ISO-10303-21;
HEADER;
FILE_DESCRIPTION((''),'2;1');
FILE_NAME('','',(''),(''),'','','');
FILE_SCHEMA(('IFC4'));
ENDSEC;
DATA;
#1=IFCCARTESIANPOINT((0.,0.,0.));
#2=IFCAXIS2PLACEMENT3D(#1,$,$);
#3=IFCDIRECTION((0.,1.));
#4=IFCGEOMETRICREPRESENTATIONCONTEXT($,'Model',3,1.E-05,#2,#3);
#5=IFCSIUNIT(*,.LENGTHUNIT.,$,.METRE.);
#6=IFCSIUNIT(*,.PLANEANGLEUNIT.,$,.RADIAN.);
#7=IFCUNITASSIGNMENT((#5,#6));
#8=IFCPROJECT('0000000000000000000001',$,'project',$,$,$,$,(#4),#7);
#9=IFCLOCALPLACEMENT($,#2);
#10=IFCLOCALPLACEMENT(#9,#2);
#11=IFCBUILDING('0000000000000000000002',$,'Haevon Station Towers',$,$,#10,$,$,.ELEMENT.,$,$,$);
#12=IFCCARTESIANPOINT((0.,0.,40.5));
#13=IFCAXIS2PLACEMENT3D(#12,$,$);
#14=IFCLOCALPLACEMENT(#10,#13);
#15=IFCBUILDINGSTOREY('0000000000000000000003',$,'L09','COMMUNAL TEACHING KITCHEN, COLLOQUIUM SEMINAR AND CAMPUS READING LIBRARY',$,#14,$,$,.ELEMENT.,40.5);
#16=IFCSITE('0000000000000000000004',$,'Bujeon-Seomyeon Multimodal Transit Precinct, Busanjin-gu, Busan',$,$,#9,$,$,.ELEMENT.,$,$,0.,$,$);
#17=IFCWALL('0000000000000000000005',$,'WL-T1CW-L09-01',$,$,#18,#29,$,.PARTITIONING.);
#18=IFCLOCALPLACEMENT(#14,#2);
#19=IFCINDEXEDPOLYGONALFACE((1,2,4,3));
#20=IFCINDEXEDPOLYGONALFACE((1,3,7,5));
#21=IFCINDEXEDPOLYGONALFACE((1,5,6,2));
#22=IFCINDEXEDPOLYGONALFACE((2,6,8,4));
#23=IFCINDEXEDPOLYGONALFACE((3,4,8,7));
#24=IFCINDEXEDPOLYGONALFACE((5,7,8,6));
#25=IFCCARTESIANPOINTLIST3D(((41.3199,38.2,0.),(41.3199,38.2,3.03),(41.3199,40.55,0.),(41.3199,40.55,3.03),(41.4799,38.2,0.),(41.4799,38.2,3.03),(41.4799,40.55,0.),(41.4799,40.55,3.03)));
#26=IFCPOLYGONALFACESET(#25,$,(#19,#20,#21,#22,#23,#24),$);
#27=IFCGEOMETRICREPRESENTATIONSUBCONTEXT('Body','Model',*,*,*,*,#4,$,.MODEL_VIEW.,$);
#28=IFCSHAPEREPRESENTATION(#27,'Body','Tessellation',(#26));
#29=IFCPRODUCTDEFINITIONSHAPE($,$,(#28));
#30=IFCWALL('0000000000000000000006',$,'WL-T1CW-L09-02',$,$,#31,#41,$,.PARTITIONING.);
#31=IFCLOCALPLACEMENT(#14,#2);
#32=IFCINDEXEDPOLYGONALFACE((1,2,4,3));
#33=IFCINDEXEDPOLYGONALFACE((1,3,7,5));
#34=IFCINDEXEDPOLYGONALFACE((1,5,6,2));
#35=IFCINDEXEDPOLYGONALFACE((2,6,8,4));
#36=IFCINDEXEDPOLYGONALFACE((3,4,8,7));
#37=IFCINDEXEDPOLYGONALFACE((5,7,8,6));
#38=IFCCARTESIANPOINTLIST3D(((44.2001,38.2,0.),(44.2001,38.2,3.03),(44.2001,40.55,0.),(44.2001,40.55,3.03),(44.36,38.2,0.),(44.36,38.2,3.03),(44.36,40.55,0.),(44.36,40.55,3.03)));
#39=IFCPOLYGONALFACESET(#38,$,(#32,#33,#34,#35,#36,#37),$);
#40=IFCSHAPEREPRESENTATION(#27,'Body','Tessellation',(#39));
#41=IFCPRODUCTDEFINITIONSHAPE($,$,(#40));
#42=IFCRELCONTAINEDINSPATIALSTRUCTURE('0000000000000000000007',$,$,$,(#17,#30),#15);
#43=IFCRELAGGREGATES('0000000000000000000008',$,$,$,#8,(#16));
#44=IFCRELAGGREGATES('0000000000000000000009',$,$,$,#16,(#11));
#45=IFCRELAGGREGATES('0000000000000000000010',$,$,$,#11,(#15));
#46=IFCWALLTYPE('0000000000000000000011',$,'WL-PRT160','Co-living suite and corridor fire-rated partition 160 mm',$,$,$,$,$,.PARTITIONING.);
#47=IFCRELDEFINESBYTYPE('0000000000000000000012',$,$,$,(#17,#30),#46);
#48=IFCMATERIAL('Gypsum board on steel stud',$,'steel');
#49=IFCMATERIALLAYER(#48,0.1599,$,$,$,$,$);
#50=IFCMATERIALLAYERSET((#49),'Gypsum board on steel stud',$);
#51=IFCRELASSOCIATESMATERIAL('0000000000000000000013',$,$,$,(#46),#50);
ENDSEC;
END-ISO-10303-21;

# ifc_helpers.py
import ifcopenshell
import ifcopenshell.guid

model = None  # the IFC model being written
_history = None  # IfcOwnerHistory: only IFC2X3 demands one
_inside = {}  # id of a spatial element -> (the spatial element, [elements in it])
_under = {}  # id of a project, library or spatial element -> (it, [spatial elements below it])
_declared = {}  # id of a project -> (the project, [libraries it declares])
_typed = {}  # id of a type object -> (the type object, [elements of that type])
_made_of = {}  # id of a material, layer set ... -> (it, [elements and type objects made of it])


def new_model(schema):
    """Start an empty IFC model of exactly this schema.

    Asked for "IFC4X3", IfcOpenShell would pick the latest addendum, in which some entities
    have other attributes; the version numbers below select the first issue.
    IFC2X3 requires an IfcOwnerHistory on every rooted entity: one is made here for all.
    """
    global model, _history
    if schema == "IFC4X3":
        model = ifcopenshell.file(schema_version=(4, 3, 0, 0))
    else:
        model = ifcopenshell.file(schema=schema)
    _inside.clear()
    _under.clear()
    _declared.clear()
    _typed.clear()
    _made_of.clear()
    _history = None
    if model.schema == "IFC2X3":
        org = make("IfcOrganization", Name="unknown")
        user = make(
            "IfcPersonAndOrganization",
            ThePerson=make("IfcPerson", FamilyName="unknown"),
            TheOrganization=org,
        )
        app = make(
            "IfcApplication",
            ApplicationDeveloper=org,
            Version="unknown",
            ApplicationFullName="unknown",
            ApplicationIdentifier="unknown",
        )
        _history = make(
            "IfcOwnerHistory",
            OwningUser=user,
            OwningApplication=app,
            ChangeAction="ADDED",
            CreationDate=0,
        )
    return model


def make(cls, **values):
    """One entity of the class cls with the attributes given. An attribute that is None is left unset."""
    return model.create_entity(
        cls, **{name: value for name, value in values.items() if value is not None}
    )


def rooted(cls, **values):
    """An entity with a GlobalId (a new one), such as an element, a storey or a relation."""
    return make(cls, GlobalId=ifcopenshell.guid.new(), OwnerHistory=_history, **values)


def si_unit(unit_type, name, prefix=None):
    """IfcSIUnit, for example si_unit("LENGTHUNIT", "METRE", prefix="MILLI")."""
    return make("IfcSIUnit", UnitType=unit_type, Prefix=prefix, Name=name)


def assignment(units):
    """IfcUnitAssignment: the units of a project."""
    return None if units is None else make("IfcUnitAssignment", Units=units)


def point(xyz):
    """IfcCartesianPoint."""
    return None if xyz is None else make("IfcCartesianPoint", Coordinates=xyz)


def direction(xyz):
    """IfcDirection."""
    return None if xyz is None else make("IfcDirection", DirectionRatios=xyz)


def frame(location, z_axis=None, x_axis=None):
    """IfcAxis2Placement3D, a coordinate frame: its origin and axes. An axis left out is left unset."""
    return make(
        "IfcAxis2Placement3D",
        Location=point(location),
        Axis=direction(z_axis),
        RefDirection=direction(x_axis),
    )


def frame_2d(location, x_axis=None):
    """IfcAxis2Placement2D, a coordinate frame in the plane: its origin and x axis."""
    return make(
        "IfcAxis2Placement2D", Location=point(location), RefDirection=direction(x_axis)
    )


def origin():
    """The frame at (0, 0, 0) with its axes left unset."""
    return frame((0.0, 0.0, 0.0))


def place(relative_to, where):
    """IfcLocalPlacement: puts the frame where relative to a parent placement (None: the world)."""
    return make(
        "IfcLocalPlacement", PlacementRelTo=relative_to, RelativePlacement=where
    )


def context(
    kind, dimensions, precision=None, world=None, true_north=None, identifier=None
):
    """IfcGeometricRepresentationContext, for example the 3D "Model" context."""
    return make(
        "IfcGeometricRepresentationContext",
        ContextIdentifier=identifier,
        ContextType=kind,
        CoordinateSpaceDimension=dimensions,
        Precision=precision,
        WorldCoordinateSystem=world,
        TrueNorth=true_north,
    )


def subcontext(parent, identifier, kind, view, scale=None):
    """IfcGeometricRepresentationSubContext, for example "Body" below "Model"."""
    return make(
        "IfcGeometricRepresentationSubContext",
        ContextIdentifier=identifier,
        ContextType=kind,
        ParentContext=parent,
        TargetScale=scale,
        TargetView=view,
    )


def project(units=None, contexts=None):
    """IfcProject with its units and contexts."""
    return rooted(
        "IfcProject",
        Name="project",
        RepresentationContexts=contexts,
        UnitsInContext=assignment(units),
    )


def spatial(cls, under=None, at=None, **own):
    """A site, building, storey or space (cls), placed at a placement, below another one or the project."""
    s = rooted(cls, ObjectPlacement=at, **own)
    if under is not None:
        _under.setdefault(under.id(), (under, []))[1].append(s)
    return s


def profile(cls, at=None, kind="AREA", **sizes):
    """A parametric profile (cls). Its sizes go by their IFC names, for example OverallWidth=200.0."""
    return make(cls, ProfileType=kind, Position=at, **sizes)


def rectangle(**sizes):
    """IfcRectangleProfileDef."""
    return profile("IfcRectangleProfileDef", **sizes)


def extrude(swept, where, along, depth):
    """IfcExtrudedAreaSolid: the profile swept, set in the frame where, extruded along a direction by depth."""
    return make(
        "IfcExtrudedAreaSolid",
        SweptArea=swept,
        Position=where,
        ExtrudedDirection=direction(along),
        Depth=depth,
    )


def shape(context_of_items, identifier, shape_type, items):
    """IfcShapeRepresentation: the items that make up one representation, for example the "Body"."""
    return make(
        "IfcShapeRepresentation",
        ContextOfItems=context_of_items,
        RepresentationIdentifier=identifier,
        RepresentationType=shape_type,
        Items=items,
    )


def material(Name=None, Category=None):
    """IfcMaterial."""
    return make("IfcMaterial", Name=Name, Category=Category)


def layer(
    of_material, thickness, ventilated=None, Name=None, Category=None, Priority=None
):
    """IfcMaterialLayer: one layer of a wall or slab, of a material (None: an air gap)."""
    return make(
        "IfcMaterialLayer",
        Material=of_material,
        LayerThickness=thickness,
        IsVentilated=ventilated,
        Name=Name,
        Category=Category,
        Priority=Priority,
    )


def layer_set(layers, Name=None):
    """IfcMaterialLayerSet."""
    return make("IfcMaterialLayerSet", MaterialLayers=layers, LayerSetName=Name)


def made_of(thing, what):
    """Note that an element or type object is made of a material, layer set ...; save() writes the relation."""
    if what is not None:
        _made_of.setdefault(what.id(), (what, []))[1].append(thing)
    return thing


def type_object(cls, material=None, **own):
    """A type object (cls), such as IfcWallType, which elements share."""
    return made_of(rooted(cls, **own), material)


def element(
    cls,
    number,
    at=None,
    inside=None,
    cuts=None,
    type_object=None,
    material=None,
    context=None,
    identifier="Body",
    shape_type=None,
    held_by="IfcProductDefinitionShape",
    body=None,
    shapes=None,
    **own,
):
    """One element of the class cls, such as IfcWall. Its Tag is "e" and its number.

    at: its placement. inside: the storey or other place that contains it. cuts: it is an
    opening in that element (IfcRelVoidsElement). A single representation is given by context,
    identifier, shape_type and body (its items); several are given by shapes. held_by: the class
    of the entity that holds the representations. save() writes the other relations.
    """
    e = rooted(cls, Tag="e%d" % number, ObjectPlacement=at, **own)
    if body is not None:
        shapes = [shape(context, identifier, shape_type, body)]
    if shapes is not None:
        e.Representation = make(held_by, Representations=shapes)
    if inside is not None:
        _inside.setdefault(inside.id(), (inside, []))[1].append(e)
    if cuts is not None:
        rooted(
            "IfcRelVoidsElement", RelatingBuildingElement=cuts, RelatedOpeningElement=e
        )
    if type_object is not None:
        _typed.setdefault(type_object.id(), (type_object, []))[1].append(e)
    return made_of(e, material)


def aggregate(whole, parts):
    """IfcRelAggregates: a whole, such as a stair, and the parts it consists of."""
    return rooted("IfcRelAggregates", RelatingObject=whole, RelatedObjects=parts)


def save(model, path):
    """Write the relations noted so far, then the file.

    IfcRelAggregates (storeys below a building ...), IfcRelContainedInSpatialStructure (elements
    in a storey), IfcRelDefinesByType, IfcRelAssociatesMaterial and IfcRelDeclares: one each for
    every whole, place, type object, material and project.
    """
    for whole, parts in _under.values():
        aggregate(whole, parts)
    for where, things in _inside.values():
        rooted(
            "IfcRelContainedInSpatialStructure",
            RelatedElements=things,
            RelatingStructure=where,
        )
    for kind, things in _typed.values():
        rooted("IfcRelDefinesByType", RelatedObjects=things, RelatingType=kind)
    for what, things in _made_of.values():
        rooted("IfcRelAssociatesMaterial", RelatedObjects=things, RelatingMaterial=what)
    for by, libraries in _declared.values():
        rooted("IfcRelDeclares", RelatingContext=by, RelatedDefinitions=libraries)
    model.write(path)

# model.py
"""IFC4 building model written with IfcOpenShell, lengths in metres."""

from ifc_helpers import new_model, si_unit, direction, frame, frame_2d, origin, place, context, subcontext, project, spatial, rectangle, extrude, material, layer, layer_set, type_object, element, save


model = new_model("IFC4")

# Units and contexts
model_context = context("Model", 3, precision=1e-05, world=origin(), true_north=direction((0.0, 1.0)))
body_context = subcontext(model_context, "Body", "Model", "MODEL_VIEW")
ifc_project = project(units=[si_unit("LENGTHUNIT", "METRE"), si_unit("PLANEANGLEUNIT", "RADIAN")], contexts=[model_context])

# Site, building, storey
site_placement = place(None, origin())
site = spatial("IfcSite", under=ifc_project, at=site_placement, Name="Bujeon-Seomyeon Multimodal Transit Precinct, Busanjin-gu, Busan", CompositionType="ELEMENT", RefElevation=0.0)
building_placement = place(site_placement, origin())
building = spatial("IfcBuilding", under=site, at=building_placement, Name="Haevon Station Towers", CompositionType="ELEMENT")
storey_placement = place(building_placement, frame((0.0, 0.0, 40.5)))
storey = spatial("IfcBuildingStorey", under=building, at=storey_placement, Name="L09", Description="COMMUNAL TEACHING KITCHEN, COLLOQUIUM SEMINAR AND CAMPUS READING LIBRARY", CompositionType="ELEMENT", Elevation=40.5)

# Shared definitions
ifc_material_1 = material(Name="Gypsum board on steel stud", Category="steel")

# Walls
ifc_layer_1 = layer(ifc_material_1, 0.1599)
ifc_layer_set_1 = layer_set([ifc_layer_1], Name="Gypsum board on steel stud")
wall_type_1 = type_object("IfcWallType", Name="WL-PRT160", Description="Co-living suite and corridor fire-rated partition 160 mm", PredefinedType="PARTITIONING", material=ifc_layer_set_1)
for number, where, z_axis, x_axis, name in (
    (1, (41.3999, 38.2, 0.0), (0.0, 0.0, 1.0), (0.0, 1.0, 0.0), "WL-T1CW-L09-01"),
    (2, (44.28, 38.2, 0.0), (0.0, 0.0, 1.0), (0.0, 1.0, 0.0), "WL-T1CW-L09-02"),
):
    element("IfcWall", number, at=place(storey_placement, frame(where, z_axis=z_axis, x_axis=x_axis)), inside=storey, type_object=wall_type_1, Name=name, PredefinedType="PARTITIONING", context=body_context, shape_type="SweptSolid", body=[
        extrude(rectangle(XDim=2.3501, YDim=0.1599, at=frame_2d((1.175, 0.0))), origin(), (0.0, 0.0, 1.0), 3.03),
    ])

save(model, "model.ifc")
